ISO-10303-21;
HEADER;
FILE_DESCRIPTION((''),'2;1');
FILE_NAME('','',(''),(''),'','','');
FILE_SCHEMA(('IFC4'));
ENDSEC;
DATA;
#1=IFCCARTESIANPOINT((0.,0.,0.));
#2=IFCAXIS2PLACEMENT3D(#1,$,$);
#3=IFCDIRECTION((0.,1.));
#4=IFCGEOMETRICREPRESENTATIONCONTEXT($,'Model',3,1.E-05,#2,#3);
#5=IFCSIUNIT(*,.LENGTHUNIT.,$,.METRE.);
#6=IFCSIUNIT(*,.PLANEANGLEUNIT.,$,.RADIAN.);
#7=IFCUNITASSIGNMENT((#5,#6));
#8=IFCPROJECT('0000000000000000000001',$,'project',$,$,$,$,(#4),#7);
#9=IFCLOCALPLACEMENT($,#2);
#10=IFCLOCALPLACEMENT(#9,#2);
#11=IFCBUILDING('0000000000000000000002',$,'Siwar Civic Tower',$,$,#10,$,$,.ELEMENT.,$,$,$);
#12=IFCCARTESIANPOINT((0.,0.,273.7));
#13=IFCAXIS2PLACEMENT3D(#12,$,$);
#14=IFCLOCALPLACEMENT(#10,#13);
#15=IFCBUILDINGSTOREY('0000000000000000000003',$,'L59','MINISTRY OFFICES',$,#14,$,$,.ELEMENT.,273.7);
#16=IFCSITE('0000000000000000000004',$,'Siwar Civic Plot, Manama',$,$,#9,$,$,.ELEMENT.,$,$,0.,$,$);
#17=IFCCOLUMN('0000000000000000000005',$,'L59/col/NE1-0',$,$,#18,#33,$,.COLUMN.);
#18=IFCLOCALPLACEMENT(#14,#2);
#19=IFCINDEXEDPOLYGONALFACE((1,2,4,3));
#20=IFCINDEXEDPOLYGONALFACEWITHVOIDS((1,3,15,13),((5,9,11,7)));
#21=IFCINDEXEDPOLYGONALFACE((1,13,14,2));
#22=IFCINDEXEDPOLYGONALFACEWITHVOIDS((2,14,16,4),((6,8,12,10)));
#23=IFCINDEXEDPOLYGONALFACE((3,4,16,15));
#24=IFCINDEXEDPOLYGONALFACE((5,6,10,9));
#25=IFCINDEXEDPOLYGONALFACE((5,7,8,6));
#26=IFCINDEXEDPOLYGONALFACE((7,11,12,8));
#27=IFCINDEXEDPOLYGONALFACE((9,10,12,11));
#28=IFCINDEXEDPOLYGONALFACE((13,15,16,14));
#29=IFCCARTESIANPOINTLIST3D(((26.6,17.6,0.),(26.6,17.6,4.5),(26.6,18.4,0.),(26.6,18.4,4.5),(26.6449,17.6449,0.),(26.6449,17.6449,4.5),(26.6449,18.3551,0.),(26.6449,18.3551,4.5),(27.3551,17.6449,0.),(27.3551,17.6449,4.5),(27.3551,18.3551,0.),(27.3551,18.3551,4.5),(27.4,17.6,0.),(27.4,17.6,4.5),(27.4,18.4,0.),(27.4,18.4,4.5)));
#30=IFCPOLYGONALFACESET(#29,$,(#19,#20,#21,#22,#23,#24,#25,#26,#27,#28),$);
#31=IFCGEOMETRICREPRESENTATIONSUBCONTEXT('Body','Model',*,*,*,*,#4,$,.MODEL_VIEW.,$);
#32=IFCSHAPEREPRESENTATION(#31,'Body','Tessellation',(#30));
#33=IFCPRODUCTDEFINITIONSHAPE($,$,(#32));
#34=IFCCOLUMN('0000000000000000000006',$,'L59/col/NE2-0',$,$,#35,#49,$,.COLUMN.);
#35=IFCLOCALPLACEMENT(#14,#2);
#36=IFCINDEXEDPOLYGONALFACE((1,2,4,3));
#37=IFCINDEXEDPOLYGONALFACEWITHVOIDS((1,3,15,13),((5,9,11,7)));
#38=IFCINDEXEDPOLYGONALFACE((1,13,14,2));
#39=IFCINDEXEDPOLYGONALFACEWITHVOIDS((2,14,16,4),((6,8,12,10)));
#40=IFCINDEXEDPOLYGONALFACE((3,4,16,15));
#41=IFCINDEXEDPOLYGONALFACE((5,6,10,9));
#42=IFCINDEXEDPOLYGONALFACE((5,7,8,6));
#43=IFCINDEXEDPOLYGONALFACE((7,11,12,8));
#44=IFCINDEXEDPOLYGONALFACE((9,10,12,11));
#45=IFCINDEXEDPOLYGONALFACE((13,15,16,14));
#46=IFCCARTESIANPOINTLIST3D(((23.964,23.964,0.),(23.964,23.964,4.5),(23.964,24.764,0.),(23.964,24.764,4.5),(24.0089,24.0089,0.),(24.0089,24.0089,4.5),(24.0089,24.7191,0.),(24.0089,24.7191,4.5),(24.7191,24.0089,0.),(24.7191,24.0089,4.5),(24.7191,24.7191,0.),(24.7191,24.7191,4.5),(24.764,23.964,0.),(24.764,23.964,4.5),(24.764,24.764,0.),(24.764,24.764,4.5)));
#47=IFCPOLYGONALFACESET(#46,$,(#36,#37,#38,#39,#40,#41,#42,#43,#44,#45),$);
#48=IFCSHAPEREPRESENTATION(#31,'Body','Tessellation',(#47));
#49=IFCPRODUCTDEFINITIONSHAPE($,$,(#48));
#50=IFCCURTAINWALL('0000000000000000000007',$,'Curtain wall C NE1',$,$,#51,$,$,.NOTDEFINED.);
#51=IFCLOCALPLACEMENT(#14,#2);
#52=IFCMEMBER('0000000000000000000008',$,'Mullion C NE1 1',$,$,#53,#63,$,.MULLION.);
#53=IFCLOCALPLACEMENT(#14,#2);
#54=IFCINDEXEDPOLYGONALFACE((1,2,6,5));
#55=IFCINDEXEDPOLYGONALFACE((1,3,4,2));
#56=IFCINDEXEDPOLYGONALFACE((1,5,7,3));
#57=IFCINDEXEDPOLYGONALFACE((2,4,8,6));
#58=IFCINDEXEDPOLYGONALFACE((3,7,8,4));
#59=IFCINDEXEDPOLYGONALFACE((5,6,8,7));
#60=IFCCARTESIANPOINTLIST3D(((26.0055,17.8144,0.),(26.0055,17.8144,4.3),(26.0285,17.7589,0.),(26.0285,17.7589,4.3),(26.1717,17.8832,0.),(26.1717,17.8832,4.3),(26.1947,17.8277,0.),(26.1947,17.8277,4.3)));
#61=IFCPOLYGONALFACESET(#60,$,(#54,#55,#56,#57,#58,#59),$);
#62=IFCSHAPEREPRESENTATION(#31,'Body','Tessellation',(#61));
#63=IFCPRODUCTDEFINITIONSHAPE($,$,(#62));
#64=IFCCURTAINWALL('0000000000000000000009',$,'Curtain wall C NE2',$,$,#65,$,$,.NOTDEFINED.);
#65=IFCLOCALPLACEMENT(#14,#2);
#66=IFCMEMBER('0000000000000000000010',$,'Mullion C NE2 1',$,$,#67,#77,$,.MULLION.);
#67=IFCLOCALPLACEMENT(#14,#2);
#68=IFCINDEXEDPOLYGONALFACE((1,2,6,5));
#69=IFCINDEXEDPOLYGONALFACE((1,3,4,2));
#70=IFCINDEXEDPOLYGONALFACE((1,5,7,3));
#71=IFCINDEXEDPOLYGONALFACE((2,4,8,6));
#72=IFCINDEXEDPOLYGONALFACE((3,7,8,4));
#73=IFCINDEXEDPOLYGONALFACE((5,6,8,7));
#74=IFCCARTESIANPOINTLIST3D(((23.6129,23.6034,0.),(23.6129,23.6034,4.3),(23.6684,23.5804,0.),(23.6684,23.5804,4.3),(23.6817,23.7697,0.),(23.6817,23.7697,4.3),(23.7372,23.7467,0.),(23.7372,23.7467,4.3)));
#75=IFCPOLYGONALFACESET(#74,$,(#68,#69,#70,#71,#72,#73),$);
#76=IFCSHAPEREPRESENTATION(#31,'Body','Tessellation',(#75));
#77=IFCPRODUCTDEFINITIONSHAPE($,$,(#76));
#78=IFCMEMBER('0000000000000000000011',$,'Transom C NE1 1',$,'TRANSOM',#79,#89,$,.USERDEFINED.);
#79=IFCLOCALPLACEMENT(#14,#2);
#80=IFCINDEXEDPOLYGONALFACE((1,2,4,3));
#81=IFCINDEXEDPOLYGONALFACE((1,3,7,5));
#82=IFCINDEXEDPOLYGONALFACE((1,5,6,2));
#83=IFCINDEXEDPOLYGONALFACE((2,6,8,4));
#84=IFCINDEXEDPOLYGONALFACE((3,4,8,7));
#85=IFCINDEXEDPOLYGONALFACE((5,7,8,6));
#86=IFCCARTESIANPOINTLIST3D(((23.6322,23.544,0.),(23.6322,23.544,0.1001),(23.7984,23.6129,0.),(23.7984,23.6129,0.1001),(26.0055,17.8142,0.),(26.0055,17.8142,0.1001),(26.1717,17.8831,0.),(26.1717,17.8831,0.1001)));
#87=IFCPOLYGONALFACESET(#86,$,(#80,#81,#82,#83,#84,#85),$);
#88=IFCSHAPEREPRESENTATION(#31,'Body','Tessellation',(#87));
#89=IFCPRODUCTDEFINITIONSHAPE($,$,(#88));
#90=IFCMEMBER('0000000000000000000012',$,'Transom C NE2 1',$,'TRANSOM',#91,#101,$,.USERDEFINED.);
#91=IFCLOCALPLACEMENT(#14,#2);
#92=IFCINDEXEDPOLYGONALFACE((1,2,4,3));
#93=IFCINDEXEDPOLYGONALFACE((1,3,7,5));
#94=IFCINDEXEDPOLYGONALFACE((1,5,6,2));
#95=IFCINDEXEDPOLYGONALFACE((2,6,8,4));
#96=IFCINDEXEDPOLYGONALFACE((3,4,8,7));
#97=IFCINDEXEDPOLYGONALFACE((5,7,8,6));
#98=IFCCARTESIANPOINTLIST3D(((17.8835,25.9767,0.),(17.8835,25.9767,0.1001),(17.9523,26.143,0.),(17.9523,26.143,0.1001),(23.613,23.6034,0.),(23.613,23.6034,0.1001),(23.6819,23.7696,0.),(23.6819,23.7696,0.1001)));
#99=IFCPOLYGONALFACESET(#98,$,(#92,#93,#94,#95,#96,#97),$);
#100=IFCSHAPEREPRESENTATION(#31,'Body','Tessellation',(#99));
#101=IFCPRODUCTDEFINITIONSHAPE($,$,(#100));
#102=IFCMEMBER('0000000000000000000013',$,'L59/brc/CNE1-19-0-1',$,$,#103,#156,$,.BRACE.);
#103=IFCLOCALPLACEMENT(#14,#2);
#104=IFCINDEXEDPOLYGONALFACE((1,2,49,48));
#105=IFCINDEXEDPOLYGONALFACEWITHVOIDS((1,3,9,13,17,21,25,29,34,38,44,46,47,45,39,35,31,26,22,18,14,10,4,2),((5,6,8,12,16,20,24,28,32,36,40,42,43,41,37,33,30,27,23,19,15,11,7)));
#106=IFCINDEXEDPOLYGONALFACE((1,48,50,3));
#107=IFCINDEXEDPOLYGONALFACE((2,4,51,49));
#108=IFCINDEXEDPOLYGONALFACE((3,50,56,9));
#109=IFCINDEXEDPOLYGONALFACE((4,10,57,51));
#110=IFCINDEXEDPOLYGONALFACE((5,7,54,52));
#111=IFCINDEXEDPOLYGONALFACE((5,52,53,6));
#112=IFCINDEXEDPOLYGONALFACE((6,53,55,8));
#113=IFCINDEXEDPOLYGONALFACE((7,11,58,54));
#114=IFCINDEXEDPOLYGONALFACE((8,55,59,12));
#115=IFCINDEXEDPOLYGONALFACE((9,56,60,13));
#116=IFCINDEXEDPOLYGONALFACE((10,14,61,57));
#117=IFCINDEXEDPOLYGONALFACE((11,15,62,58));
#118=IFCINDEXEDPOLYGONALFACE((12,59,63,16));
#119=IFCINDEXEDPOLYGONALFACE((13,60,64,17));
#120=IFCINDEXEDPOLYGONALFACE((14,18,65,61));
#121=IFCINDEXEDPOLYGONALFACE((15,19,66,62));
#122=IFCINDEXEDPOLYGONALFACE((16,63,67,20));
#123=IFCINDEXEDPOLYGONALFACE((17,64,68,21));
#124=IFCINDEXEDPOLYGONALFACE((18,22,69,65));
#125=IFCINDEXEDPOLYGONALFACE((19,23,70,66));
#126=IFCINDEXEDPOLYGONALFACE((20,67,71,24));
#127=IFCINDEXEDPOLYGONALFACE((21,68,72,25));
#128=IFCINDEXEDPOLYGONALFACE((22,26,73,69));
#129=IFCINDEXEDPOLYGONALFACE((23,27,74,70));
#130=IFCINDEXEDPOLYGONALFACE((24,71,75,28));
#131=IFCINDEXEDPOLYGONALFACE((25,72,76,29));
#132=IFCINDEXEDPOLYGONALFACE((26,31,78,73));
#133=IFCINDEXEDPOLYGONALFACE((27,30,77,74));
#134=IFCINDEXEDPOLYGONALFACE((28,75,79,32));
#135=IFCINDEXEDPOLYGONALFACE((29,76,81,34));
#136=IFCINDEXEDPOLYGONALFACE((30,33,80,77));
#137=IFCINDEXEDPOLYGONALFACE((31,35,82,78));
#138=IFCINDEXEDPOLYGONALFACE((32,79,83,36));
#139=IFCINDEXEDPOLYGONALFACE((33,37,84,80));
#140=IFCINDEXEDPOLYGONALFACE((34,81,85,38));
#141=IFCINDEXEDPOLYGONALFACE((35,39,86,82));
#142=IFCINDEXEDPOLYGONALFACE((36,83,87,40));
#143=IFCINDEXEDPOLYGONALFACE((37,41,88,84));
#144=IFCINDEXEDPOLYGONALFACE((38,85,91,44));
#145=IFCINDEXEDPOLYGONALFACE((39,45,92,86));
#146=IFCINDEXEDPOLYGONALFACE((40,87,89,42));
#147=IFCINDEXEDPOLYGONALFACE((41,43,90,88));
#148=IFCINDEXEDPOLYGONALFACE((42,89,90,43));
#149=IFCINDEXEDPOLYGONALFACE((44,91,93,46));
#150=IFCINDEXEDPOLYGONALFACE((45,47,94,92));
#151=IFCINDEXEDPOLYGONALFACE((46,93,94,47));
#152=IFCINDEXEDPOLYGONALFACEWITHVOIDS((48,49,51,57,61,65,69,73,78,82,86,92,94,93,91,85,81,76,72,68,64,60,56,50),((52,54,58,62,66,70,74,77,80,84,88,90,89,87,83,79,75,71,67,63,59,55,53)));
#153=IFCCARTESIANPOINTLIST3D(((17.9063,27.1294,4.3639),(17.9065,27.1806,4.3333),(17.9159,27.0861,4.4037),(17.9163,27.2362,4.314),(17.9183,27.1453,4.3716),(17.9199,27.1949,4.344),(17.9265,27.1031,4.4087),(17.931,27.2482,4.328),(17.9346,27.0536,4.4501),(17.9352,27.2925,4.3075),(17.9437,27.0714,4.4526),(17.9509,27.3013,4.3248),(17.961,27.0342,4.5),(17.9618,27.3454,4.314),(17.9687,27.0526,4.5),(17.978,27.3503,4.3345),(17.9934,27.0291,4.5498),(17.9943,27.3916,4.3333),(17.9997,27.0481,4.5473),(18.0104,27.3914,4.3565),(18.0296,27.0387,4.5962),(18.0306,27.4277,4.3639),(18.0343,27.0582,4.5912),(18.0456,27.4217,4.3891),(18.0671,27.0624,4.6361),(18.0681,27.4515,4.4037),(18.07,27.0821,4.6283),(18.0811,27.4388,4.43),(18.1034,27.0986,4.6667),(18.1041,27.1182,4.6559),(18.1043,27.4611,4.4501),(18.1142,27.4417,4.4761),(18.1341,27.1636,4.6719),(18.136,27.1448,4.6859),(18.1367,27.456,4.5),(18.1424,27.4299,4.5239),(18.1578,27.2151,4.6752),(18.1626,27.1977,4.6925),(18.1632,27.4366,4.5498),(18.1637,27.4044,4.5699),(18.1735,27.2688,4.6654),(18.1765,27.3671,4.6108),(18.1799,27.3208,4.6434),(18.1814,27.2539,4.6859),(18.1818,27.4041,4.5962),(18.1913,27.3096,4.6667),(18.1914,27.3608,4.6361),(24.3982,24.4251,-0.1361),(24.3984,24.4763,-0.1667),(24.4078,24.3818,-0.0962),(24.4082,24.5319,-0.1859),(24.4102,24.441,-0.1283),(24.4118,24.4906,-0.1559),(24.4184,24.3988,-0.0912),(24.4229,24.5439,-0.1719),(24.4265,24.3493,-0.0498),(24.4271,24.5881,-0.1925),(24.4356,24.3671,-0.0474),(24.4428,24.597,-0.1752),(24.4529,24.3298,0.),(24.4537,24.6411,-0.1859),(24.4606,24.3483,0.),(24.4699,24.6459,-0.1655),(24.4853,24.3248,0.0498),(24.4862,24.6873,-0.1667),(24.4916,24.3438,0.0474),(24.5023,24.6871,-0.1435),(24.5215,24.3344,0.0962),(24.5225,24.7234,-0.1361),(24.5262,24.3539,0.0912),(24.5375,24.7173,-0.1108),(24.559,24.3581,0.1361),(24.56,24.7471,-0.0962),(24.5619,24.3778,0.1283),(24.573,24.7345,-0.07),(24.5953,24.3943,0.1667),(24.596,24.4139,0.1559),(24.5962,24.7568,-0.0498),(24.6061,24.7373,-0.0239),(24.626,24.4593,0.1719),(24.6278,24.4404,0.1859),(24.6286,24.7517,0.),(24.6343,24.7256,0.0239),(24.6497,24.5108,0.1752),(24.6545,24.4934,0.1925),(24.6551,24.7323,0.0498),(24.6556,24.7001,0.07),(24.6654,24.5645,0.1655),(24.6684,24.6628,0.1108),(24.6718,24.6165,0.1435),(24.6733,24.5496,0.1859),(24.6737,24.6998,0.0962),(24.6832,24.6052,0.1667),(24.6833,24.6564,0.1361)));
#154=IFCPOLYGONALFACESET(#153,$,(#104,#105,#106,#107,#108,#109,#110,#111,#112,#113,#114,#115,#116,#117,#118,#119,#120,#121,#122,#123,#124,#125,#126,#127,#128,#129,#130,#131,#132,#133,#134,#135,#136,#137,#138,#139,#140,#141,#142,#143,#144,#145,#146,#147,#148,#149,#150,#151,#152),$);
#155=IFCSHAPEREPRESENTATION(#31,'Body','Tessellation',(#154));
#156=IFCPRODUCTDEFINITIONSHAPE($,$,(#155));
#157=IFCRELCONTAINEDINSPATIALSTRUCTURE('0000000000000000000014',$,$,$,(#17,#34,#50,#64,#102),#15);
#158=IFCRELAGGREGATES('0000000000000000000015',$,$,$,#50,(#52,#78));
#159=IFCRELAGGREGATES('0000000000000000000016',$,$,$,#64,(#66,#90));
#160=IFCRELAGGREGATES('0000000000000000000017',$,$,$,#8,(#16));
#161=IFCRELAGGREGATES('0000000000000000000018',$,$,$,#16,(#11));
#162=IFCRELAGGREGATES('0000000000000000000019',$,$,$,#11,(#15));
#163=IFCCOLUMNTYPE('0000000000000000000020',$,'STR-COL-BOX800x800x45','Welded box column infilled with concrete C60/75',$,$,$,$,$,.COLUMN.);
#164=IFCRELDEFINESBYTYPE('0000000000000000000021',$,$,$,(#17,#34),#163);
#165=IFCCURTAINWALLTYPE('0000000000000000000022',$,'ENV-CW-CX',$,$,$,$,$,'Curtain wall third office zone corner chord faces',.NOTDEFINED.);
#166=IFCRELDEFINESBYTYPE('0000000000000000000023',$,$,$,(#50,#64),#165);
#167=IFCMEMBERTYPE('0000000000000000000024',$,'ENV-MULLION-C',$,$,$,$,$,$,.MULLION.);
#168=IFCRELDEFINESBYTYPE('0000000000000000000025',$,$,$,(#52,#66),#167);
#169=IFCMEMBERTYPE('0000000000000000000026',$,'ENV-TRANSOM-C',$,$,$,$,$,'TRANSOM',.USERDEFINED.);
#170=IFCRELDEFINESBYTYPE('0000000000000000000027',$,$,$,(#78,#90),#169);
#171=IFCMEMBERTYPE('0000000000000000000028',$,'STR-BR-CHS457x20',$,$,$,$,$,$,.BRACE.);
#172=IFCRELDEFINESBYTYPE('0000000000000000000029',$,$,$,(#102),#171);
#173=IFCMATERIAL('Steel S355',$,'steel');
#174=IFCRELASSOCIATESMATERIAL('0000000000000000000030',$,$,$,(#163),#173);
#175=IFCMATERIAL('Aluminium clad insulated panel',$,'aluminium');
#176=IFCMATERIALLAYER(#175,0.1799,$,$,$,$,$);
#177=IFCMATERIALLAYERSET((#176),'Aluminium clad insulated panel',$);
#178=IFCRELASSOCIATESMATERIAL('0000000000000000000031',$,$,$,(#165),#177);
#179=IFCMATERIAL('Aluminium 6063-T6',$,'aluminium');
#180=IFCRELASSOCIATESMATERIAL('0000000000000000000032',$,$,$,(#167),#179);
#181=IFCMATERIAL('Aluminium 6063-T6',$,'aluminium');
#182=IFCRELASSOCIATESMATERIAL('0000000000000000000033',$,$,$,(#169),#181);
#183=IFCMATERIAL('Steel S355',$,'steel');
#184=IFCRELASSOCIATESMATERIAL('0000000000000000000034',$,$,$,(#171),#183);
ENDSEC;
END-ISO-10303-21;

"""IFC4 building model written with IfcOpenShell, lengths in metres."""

from ifc_helpers import new_model, si_unit, direction, frame, origin, origin_2d, place, context, subcontext, project, spatial, rectangle, hollow_rectangle, hollow_circle, extrude, material, layer, layer_set, material_profile, profile_set, type_object, element, aggregate, save


model = new_model("IFC4")

# Units and contexts
model_context = context("Model", 3, precision=1e-05, world=origin(), true_north=direction((0.0, 1.0)))
body_context = subcontext(model_context, "Body", "Model", "MODEL_VIEW")
ifc_project = project(units=[si_unit("LENGTHUNIT", "METRE"), si_unit("PLANEANGLEUNIT", "RADIAN")], contexts=[model_context])

# Site, building, storey
site_placement = place(None, origin())
site = spatial("IfcSite", under=ifc_project, at=site_placement, Name="Siwar Civic Plot, Manama", CompositionType="ELEMENT", RefElevation=0.0)
building_placement = place(site_placement, origin())
building = spatial("IfcBuilding", under=site, at=building_placement, Name="Siwar Civic Tower", CompositionType="ELEMENT")
storey_placement = place(building_placement, frame((0.0, 0.0, 273.7)))
storey = spatial("IfcBuildingStorey", under=building, at=storey_placement, Name="L59", Description="MINISTRY OFFICES", CompositionType="ELEMENT", Elevation=273.7)

# Columns
ifc_material_1 = material(Name="Steel S355", Category="steel")
ifc_material_profile_1 = material_profile(ifc_material_1, hollow_rectangle(XDim=0.8, YDim=0.8, WallThickness=0.0449, at=origin_2d()), Name="BOX800x800x45")
ifc_profile_set_1 = profile_set([ifc_material_profile_1], Name="Steel S355")
column_type = type_object("IfcColumnType", Name="STR-COL-BOX800x800x45", Description="Welded box column infilled with concrete C60/75", PredefinedType="COLUMN", material=ifc_profile_set_1)
for number, where, z_axis, x_axis, name in (
    (1, (27.0, 18.0, 0.0), (0.0, 0.0, 1.0), (1.0, 0.0, 0.0), "L59/col/NE1-0"),
    (2, (24.364, 24.364, 0.0), (0.0, 0.0, 1.0), (1.0, 0.0, 0.0), "L59/col/NE2-0"),
):
    element("IfcColumn", number, at=place(storey_placement, frame(where, z_axis=z_axis, x_axis=x_axis)), inside=storey, type_object=column_type, Name=name, PredefinedType="COLUMN", context=body_context, shape_type="SweptSolid", body=[
        extrude(hollow_rectangle(XDim=0.8, YDim=0.8, WallThickness=0.0449, at=origin_2d()), origin(), (0.0, 0.0, 1.0), 4.5),
    ])

# Curtain walls, members
ifc_material_2 = material(Name="Aluminium clad insulated panel", Category="aluminium")
ifc_layer_1 = layer(ifc_material_2, 0.1799)
ifc_layer_set_1 = layer_set([ifc_layer_1], Name="Aluminium clad insulated panel")
curtain_wall_type = type_object("IfcCurtainWallType", Name="ENV-CW-CX", ElementType="Curtain wall third office zone corner chord faces", PredefinedType="NOTDEFINED", material=ifc_layer_set_1)
curtain_wall_1_placement = place(storey_placement, origin())
curtain_wall_1 = element("IfcCurtainWall", 3, at=curtain_wall_1_placement, inside=storey, type_object=curtain_wall_type, Name="Curtain wall C NE1", PredefinedType="NOTDEFINED")
ifc_material_3 = material(Name="Aluminium 6063-T6", Category="aluminium")
ifc_material_profile_2 = material_profile(ifc_material_3, rectangle(XDim=0.1799, YDim=0.0601, at=origin_2d()), Name="AL 180x60")
ifc_profile_set_2 = profile_set([ifc_material_profile_2], Name="Aluminium 6063-T6")
member_type_1 = type_object("IfcMemberType", Name="ENV-MULLION-C", PredefinedType="MULLION", material=ifc_profile_set_2)
member_1_placement = place(storey_placement, frame((26.1001, 17.821, 0.0), z_axis=(0.0, 0.0, 1.0), x_axis=(-0.92388, -0.382683, 0.0)))
member_1 = element("IfcMember", 4, at=member_1_placement, type_object=member_type_1, Name="Mullion C NE1 1", PredefinedType="MULLION", context=body_context, shape_type="SweptSolid", body=[
    extrude(rectangle(XDim=0.1799, YDim=0.0601, at=origin_2d()), origin(), (0.0, 0.0, 1.0), 4.3),
])
curtain_wall_2_placement = place(storey_placement, origin())
curtain_wall_2 = element("IfcCurtainWall", 5, at=curtain_wall_2_placement, inside=storey, type_object=curtain_wall_type, Name="Curtain wall C NE2", PredefinedType="NOTDEFINED")
member_2_placement = place(storey_placement, frame((23.675, 23.675, 0.0), z_axis=(0.0, 0.0, 1.0), x_axis=(-0.382683, -0.92388, 0.0)))
member_2 = element("IfcMember", 6, at=member_2_placement, type_object=member_type_1, Name="Mullion C NE2 1", PredefinedType="MULLION", context=body_context, shape_type="SweptSolid", body=[
    extrude(rectangle(XDim=0.1799, YDim=0.0601, at=origin_2d()), origin(), (0.0, 0.0, 1.0), 4.3),
])

# Members
ifc_material_4 = material(Name="Aluminium 6063-T6", Category="aluminium")
ifc_material_profile_3 = material_profile(ifc_material_4, rectangle(XDim=0.1799, YDim=0.1001, at=origin_2d()), Name="AL 180x100")
ifc_profile_set_3 = profile_set([ifc_material_profile_3], Name="Aluminium 6063-T6")
member_type_2 = type_object("IfcMemberType", Name="ENV-TRANSOM-C", ElementType="TRANSOM", PredefinedType="USERDEFINED", material=ifc_profile_set_3)
member_3_placement = place(storey_placement, frame((26.0886, 17.8486, 0.05), z_axis=(-0.382677, 0.923882, 0.0), x_axis=(-0.923882, -0.382677, 0.0)))
member_3 = element("IfcMember", 7, at=member_3_placement, type_object=member_type_2, Name="Transom C NE1 1", ObjectType="TRANSOM", PredefinedType="USERDEFINED", context=body_context, shape_type="SweptSolid", body=[
    extrude(rectangle(XDim=0.1799, YDim=0.1001, at=origin_2d()), origin(), (0.0, 0.0, 1.0), 6.2019),
])
member_4_placement = place(storey_placement, frame((23.6475, 23.6865, 0.05), z_axis=(-0.923876, 0.382691, 0.0), x_axis=(-0.382691, -0.923876, 0.0)))
member_4 = element("IfcMember", 8, at=member_4_placement, type_object=member_type_2, Name="Transom C NE2 1", ObjectType="TRANSOM", PredefinedType="USERDEFINED", context=body_context, shape_type="SweptSolid", body=[
    extrude(rectangle(XDim=0.1799, YDim=0.1001, at=origin_2d()), origin(), (0.0, 0.0, 1.0), 6.2017),
])

# Member
ifc_material_5 = material(Name="Steel S355", Category="steel")
ifc_material_profile_4 = material_profile(ifc_material_5, hollow_circle(Radius=0.2285, WallThickness=0.02, at=origin_2d()), Name="CHS457x20")
ifc_profile_set_4 = profile_set([ifc_material_profile_4], Name="Steel S355")
member_type_3 = type_object("IfcMemberType", Name="STR-BR-CHS457x20", PredefinedType="BRACE", material=ifc_profile_set_4)
member_5_placement = place(storey_placement, frame((24.5408, 24.5408, 0.0), z_axis=(-0.777555, 0.323906, 0.538975), x_axis=(-0.384539, -0.923109, 0.0)))
element("IfcMember", 9, at=member_5_placement, inside=storey, type_object=member_type_3, Name="L59/brc/CNE1-19-0-1", PredefinedType="BRACE", context=body_context, shape_type="SweptSolid", body=[
    extrude(hollow_circle(Radius=0.2285, WallThickness=0.02, at=origin_2d()), origin(), (0.0, 0.0, 1.0), 8.3491),
])

aggregate(curtain_wall_1, [member_1, member_3])
aggregate(curtain_wall_2, [member_2, member_4])

save(model, "model.ifc")
